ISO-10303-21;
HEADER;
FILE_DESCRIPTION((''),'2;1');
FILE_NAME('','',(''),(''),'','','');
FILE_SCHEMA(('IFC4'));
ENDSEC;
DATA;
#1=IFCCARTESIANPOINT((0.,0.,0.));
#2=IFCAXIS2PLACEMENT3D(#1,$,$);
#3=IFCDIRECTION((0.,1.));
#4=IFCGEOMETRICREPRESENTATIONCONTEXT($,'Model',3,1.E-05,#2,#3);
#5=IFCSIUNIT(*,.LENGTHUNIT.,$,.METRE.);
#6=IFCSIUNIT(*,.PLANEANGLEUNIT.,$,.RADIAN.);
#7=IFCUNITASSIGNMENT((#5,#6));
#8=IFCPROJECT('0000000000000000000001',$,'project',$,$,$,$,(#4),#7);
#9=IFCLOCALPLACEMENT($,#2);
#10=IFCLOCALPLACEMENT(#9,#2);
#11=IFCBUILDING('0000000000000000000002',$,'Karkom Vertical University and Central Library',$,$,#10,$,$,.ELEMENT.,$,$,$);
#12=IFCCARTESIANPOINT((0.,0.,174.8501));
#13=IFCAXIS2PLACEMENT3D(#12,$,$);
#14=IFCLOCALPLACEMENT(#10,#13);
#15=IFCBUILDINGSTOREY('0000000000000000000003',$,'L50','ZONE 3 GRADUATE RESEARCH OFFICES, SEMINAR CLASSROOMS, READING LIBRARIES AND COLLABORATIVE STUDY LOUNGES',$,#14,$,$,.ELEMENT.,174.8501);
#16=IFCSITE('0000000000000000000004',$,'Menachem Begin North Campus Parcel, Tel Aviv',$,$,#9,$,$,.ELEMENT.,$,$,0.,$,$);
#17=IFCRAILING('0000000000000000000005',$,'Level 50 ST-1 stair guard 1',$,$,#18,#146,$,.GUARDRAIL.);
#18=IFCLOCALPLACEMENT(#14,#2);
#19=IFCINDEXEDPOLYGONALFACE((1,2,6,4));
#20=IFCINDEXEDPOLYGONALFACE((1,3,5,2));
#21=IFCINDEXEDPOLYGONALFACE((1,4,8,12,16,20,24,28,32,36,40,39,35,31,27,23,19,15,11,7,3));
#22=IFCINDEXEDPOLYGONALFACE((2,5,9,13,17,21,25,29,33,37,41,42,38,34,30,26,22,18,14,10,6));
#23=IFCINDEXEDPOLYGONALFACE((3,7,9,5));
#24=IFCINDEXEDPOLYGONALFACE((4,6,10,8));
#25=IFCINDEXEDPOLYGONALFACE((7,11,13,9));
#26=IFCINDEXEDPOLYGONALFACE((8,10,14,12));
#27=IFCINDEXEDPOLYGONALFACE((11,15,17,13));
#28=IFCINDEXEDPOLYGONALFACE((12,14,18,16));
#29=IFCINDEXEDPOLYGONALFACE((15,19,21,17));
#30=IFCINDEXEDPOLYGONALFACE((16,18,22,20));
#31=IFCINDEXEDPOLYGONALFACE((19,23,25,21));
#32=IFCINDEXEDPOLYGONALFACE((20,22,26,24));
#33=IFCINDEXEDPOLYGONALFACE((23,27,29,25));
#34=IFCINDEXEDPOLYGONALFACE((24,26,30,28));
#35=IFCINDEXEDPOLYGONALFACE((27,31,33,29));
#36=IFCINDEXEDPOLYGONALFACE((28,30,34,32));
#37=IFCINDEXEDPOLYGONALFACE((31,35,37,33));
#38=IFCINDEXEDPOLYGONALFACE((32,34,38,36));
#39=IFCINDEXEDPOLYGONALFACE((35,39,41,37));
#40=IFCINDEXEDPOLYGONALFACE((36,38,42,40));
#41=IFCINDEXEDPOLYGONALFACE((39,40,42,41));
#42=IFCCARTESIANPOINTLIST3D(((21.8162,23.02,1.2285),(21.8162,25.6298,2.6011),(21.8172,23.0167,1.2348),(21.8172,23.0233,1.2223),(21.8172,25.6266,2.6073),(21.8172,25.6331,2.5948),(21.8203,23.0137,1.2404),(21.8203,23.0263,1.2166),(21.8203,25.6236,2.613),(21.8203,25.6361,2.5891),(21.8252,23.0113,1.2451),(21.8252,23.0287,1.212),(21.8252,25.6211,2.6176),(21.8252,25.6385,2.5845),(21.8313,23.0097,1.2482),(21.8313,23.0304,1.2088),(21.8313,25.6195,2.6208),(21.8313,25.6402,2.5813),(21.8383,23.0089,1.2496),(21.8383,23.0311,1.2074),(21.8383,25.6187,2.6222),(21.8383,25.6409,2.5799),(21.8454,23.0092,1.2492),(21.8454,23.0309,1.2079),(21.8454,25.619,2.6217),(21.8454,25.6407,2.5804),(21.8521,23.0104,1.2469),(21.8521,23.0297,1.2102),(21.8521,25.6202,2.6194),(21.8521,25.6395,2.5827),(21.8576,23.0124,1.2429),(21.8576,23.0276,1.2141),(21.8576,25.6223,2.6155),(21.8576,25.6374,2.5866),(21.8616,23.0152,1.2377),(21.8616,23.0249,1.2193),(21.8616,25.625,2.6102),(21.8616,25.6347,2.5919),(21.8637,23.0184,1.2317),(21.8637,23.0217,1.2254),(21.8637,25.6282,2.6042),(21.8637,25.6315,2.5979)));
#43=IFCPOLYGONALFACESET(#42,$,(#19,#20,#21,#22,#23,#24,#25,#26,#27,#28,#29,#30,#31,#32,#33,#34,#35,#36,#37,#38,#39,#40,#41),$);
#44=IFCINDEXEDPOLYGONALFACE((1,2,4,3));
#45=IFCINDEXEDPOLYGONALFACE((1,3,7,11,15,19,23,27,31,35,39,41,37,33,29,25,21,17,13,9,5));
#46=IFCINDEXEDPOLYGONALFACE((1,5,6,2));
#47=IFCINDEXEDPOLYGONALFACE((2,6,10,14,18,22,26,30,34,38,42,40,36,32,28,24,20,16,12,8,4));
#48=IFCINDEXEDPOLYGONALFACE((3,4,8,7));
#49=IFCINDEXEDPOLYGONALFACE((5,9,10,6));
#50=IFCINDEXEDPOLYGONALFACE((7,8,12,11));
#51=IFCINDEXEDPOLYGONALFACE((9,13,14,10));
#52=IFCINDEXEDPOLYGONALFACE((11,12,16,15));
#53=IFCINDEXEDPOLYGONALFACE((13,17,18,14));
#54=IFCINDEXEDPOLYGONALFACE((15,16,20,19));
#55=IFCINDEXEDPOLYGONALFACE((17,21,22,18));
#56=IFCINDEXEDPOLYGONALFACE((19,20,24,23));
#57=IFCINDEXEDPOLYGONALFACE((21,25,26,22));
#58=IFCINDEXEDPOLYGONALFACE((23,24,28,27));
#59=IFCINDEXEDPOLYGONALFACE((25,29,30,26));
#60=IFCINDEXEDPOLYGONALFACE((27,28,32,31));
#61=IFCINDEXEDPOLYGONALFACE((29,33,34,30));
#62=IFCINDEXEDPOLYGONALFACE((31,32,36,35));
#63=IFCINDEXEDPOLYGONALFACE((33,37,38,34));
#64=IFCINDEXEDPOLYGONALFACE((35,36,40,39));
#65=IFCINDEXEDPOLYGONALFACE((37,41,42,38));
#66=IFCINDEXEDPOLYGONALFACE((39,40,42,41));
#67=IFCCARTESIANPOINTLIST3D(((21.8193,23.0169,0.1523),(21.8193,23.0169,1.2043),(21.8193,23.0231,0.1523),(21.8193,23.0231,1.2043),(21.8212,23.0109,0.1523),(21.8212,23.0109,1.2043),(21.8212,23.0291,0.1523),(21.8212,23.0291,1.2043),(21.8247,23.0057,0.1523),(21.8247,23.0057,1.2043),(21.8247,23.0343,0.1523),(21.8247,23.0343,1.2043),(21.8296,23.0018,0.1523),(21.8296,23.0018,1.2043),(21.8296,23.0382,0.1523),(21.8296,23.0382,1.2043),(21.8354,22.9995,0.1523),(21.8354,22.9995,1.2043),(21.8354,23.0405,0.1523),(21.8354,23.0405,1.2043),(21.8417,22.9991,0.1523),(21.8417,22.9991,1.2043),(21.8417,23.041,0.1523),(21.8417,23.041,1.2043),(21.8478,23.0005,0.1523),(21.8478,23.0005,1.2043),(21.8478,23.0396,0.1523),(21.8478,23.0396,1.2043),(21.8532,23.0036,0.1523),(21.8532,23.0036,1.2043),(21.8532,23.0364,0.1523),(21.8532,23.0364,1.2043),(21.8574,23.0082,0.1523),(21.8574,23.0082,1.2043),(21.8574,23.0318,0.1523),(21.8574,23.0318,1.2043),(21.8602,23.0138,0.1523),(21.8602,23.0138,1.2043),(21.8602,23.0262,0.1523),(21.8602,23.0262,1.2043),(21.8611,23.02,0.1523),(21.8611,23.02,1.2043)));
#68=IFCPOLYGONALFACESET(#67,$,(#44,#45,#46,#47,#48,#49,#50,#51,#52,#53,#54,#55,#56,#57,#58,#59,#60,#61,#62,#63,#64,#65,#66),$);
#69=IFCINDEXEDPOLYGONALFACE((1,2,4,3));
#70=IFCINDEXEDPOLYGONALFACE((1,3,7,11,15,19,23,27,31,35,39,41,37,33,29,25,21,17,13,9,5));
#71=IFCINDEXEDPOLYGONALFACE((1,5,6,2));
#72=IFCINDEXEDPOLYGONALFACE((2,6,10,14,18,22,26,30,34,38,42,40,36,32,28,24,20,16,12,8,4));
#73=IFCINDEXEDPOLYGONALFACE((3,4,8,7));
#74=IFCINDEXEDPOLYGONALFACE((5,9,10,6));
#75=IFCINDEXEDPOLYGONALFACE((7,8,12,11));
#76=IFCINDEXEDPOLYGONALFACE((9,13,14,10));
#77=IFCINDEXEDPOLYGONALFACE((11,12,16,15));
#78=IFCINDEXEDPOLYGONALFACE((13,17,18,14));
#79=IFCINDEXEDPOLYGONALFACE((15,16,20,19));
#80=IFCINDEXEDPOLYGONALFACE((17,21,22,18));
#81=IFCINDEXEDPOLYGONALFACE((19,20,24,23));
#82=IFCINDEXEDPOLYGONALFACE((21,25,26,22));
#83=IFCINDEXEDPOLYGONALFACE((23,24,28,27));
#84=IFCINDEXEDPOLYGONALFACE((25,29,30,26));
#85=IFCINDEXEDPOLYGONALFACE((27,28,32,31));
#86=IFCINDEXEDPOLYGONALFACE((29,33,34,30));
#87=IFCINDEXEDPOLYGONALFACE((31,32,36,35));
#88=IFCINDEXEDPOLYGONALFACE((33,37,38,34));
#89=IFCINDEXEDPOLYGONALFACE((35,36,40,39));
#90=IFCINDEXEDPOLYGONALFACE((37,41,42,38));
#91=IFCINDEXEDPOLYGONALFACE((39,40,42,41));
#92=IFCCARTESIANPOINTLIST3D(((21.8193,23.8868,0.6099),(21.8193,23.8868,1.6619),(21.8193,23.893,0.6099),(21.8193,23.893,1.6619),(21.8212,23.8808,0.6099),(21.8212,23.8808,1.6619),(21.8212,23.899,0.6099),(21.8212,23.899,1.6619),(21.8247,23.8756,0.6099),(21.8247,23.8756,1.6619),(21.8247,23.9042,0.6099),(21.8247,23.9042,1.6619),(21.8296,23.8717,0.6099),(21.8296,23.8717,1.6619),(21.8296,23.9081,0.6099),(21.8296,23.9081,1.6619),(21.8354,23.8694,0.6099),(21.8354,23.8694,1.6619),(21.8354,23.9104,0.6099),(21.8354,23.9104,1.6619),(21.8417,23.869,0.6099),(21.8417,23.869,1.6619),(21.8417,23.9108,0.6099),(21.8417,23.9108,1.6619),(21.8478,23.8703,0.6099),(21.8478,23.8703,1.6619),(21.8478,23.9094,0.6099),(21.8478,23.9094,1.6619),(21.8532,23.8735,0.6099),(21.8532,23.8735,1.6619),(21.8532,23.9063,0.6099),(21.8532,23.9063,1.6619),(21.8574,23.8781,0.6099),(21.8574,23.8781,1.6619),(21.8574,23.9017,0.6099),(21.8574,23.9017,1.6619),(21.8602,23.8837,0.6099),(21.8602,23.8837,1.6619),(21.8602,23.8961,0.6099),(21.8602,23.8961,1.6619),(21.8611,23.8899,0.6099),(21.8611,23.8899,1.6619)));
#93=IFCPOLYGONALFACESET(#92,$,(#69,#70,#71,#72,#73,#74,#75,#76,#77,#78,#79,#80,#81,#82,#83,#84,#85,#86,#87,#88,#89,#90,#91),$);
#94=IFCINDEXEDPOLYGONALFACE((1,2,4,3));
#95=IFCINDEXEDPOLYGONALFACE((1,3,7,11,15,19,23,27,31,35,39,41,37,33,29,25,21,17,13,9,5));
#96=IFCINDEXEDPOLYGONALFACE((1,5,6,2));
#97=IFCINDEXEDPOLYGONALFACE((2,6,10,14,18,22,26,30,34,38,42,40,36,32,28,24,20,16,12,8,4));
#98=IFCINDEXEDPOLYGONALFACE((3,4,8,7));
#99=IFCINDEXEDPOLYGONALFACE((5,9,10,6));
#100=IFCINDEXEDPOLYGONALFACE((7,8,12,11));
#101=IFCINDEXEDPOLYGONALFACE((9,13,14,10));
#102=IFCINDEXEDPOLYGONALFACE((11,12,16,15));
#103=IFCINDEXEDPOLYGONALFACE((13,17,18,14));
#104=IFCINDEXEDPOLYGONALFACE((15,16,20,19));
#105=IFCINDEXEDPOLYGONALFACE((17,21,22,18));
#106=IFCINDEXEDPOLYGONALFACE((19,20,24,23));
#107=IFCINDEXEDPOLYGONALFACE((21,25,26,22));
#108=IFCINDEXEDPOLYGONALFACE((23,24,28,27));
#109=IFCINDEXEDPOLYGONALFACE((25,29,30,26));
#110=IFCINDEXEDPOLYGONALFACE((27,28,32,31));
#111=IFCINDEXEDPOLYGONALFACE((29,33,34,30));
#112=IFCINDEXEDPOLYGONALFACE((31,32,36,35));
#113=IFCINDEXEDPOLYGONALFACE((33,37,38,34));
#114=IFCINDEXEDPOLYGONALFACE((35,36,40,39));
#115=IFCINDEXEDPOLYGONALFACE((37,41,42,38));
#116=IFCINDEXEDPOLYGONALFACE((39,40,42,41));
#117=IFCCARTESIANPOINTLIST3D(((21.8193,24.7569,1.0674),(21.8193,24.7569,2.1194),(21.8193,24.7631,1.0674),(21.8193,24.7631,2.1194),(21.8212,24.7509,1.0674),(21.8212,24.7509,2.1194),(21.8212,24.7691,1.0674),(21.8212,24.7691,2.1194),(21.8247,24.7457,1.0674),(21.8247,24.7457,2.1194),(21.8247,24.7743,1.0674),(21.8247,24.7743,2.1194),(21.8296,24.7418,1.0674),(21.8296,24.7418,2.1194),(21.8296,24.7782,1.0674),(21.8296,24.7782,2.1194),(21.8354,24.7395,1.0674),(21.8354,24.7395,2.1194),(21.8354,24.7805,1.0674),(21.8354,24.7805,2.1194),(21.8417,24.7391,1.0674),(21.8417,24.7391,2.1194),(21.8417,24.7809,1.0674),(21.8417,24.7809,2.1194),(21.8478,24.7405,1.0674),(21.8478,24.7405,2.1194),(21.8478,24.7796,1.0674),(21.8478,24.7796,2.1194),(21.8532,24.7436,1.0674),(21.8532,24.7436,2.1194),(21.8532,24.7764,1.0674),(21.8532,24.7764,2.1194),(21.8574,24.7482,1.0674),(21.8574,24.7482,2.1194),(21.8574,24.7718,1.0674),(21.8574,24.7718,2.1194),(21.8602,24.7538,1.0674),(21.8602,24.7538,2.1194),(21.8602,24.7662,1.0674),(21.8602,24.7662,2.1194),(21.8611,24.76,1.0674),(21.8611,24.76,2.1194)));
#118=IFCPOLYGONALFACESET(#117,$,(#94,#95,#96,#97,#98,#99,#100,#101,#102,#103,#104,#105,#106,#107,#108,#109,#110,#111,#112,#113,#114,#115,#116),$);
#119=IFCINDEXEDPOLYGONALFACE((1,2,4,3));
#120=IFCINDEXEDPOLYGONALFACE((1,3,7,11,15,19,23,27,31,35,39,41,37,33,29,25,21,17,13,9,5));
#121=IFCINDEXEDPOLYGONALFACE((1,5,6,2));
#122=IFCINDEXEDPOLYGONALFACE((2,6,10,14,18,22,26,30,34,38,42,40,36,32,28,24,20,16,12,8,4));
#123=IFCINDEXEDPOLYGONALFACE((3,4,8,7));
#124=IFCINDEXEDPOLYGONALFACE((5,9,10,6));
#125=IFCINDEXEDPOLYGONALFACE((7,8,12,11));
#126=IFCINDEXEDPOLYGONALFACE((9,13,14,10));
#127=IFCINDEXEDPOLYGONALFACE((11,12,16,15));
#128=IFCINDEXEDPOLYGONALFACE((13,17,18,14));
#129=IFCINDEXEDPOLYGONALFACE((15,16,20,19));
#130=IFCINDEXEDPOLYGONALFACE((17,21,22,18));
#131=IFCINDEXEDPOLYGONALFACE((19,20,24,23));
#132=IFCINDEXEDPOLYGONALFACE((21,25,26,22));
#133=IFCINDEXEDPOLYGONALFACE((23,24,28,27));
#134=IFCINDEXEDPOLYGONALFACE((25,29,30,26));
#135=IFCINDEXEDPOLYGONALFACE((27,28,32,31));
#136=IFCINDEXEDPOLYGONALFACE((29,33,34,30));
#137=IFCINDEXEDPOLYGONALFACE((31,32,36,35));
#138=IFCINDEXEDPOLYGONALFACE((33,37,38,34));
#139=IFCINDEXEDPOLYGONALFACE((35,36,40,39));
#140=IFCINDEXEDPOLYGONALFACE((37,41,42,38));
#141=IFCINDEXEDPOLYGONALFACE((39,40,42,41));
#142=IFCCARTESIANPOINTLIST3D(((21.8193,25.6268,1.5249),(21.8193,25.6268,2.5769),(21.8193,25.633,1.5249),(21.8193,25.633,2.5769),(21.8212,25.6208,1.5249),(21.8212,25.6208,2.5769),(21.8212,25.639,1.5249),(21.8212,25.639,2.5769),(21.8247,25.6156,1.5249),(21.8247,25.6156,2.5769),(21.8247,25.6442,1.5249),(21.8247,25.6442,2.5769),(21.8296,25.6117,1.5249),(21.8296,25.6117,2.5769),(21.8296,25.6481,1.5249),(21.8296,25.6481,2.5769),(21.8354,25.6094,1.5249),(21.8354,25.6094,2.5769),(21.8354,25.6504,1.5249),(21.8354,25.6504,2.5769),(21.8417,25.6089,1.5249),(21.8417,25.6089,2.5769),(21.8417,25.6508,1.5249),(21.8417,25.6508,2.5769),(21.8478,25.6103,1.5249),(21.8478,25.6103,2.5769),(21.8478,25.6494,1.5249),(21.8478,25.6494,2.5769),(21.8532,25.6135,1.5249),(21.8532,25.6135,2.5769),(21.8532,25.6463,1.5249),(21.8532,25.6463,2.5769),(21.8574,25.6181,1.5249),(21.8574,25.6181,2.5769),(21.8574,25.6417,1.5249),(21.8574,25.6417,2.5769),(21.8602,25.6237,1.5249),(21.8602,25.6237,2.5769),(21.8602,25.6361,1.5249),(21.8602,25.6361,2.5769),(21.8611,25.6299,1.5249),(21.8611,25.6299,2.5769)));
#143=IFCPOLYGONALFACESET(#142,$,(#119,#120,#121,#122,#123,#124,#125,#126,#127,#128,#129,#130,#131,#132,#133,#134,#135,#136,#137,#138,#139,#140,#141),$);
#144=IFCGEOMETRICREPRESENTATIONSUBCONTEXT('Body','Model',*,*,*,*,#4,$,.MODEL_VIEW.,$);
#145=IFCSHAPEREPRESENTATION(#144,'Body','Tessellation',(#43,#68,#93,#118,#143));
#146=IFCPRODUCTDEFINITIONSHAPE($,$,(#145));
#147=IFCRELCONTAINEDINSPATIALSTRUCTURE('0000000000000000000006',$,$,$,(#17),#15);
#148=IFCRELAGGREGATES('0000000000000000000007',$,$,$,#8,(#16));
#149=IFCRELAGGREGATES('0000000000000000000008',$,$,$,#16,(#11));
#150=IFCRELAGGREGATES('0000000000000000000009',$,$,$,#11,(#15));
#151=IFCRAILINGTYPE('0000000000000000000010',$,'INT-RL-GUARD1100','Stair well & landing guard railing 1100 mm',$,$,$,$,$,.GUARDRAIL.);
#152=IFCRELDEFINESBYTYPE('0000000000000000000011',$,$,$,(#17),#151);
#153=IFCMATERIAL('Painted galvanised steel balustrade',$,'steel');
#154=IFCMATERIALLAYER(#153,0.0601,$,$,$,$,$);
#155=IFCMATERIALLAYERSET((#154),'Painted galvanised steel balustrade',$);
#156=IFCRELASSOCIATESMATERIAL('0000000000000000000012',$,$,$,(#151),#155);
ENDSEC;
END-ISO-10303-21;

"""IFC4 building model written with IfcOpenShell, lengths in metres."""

from ifc_helpers import new_model, si_unit, direction, frame, origin, origin_2d, place, context, subcontext, project, spatial, circle, extrude, material, layer, layer_set, type_object, element, save


model = new_model("IFC4")

# Units and contexts
model_context = context("Model", 3, precision=1e-05, world=origin(), true_north=direction((0.0, 1.0)))
body_context = subcontext(model_context, "Body", "Model", "MODEL_VIEW")
ifc_project = project(units=[si_unit("LENGTHUNIT", "METRE"), si_unit("PLANEANGLEUNIT", "RADIAN")], contexts=[model_context])

# Site, building, storey
site_placement = place(None, origin())
site = spatial("IfcSite", under=ifc_project, at=site_placement, Name="Menachem Begin North Campus Parcel, Tel Aviv", CompositionType="ELEMENT", RefElevation=0.0)
building_placement = place(site_placement, origin())
building = spatial("IfcBuilding", under=site, at=building_placement, Name="Karkom Vertical University and Central Library", CompositionType="ELEMENT")
storey_placement = place(building_placement, frame((0.0, 0.0, 174.8501)))
storey = spatial("IfcBuildingStorey", under=building, at=storey_placement, Name="L50", Description="ZONE 3 GRADUATE RESEARCH OFFICES, SEMINAR CLASSROOMS, READING LIBRARIES AND COLLABORATIVE STUDY LOUNGES", CompositionType="ELEMENT", Elevation=174.8501)

# Railing
ifc_material_1 = material(Name="Painted galvanised steel balustrade", Category="steel")
ifc_layer_1 = layer(ifc_material_1, 0.0601)
ifc_layer_set_1 = layer_set([ifc_layer_1], Name="Painted galvanised steel balustrade")
railing_type_1 = type_object("IfcRailingType", Name="INT-RL-GUARD1100", Description="Stair well & landing guard railing 1100 mm", PredefinedType="GUARDRAIL", material=ifc_layer_set_1)
railing_1_placement = place(storey_placement, frame((21.8401, 23.02, 0.1523)))
element("IfcRailing", 1, at=railing_1_placement, inside=storey, type_object=railing_type_1, Name="Level 50 ST-1 stair guard 1", PredefinedType="GUARDRAIL", context=body_context, shape_type="SweptSolid", body=[
    extrude(circle(Radius=0.0239, at=origin_2d()), frame((0.0, 0.0, 1.0762), z_axis=(0.0, 0.885065, 0.465467), x_axis=(-1.0, 0.0, 0.0)), (0.0, 0.0, 1.0), 2.9487),
    extrude(circle(Radius=0.021, at=origin_2d()), origin(), (0.0, 0.0, 1.0), 1.052),
    extrude(circle(Radius=0.021, at=origin_2d()), frame((0.0, 0.8699, 0.4575)), (0.0, 0.0, 1.0), 1.052),
    extrude(circle(Radius=0.021, at=origin_2d()), frame((0.0, 1.74, 0.915)), (0.0, 0.0, 1.0), 1.052),
    extrude(circle(Radius=0.021, at=origin_2d()), frame((0.0, 2.6099, 1.3726)), (0.0, 0.0, 1.0), 1.052),
])

save(model, "model.ifc")
